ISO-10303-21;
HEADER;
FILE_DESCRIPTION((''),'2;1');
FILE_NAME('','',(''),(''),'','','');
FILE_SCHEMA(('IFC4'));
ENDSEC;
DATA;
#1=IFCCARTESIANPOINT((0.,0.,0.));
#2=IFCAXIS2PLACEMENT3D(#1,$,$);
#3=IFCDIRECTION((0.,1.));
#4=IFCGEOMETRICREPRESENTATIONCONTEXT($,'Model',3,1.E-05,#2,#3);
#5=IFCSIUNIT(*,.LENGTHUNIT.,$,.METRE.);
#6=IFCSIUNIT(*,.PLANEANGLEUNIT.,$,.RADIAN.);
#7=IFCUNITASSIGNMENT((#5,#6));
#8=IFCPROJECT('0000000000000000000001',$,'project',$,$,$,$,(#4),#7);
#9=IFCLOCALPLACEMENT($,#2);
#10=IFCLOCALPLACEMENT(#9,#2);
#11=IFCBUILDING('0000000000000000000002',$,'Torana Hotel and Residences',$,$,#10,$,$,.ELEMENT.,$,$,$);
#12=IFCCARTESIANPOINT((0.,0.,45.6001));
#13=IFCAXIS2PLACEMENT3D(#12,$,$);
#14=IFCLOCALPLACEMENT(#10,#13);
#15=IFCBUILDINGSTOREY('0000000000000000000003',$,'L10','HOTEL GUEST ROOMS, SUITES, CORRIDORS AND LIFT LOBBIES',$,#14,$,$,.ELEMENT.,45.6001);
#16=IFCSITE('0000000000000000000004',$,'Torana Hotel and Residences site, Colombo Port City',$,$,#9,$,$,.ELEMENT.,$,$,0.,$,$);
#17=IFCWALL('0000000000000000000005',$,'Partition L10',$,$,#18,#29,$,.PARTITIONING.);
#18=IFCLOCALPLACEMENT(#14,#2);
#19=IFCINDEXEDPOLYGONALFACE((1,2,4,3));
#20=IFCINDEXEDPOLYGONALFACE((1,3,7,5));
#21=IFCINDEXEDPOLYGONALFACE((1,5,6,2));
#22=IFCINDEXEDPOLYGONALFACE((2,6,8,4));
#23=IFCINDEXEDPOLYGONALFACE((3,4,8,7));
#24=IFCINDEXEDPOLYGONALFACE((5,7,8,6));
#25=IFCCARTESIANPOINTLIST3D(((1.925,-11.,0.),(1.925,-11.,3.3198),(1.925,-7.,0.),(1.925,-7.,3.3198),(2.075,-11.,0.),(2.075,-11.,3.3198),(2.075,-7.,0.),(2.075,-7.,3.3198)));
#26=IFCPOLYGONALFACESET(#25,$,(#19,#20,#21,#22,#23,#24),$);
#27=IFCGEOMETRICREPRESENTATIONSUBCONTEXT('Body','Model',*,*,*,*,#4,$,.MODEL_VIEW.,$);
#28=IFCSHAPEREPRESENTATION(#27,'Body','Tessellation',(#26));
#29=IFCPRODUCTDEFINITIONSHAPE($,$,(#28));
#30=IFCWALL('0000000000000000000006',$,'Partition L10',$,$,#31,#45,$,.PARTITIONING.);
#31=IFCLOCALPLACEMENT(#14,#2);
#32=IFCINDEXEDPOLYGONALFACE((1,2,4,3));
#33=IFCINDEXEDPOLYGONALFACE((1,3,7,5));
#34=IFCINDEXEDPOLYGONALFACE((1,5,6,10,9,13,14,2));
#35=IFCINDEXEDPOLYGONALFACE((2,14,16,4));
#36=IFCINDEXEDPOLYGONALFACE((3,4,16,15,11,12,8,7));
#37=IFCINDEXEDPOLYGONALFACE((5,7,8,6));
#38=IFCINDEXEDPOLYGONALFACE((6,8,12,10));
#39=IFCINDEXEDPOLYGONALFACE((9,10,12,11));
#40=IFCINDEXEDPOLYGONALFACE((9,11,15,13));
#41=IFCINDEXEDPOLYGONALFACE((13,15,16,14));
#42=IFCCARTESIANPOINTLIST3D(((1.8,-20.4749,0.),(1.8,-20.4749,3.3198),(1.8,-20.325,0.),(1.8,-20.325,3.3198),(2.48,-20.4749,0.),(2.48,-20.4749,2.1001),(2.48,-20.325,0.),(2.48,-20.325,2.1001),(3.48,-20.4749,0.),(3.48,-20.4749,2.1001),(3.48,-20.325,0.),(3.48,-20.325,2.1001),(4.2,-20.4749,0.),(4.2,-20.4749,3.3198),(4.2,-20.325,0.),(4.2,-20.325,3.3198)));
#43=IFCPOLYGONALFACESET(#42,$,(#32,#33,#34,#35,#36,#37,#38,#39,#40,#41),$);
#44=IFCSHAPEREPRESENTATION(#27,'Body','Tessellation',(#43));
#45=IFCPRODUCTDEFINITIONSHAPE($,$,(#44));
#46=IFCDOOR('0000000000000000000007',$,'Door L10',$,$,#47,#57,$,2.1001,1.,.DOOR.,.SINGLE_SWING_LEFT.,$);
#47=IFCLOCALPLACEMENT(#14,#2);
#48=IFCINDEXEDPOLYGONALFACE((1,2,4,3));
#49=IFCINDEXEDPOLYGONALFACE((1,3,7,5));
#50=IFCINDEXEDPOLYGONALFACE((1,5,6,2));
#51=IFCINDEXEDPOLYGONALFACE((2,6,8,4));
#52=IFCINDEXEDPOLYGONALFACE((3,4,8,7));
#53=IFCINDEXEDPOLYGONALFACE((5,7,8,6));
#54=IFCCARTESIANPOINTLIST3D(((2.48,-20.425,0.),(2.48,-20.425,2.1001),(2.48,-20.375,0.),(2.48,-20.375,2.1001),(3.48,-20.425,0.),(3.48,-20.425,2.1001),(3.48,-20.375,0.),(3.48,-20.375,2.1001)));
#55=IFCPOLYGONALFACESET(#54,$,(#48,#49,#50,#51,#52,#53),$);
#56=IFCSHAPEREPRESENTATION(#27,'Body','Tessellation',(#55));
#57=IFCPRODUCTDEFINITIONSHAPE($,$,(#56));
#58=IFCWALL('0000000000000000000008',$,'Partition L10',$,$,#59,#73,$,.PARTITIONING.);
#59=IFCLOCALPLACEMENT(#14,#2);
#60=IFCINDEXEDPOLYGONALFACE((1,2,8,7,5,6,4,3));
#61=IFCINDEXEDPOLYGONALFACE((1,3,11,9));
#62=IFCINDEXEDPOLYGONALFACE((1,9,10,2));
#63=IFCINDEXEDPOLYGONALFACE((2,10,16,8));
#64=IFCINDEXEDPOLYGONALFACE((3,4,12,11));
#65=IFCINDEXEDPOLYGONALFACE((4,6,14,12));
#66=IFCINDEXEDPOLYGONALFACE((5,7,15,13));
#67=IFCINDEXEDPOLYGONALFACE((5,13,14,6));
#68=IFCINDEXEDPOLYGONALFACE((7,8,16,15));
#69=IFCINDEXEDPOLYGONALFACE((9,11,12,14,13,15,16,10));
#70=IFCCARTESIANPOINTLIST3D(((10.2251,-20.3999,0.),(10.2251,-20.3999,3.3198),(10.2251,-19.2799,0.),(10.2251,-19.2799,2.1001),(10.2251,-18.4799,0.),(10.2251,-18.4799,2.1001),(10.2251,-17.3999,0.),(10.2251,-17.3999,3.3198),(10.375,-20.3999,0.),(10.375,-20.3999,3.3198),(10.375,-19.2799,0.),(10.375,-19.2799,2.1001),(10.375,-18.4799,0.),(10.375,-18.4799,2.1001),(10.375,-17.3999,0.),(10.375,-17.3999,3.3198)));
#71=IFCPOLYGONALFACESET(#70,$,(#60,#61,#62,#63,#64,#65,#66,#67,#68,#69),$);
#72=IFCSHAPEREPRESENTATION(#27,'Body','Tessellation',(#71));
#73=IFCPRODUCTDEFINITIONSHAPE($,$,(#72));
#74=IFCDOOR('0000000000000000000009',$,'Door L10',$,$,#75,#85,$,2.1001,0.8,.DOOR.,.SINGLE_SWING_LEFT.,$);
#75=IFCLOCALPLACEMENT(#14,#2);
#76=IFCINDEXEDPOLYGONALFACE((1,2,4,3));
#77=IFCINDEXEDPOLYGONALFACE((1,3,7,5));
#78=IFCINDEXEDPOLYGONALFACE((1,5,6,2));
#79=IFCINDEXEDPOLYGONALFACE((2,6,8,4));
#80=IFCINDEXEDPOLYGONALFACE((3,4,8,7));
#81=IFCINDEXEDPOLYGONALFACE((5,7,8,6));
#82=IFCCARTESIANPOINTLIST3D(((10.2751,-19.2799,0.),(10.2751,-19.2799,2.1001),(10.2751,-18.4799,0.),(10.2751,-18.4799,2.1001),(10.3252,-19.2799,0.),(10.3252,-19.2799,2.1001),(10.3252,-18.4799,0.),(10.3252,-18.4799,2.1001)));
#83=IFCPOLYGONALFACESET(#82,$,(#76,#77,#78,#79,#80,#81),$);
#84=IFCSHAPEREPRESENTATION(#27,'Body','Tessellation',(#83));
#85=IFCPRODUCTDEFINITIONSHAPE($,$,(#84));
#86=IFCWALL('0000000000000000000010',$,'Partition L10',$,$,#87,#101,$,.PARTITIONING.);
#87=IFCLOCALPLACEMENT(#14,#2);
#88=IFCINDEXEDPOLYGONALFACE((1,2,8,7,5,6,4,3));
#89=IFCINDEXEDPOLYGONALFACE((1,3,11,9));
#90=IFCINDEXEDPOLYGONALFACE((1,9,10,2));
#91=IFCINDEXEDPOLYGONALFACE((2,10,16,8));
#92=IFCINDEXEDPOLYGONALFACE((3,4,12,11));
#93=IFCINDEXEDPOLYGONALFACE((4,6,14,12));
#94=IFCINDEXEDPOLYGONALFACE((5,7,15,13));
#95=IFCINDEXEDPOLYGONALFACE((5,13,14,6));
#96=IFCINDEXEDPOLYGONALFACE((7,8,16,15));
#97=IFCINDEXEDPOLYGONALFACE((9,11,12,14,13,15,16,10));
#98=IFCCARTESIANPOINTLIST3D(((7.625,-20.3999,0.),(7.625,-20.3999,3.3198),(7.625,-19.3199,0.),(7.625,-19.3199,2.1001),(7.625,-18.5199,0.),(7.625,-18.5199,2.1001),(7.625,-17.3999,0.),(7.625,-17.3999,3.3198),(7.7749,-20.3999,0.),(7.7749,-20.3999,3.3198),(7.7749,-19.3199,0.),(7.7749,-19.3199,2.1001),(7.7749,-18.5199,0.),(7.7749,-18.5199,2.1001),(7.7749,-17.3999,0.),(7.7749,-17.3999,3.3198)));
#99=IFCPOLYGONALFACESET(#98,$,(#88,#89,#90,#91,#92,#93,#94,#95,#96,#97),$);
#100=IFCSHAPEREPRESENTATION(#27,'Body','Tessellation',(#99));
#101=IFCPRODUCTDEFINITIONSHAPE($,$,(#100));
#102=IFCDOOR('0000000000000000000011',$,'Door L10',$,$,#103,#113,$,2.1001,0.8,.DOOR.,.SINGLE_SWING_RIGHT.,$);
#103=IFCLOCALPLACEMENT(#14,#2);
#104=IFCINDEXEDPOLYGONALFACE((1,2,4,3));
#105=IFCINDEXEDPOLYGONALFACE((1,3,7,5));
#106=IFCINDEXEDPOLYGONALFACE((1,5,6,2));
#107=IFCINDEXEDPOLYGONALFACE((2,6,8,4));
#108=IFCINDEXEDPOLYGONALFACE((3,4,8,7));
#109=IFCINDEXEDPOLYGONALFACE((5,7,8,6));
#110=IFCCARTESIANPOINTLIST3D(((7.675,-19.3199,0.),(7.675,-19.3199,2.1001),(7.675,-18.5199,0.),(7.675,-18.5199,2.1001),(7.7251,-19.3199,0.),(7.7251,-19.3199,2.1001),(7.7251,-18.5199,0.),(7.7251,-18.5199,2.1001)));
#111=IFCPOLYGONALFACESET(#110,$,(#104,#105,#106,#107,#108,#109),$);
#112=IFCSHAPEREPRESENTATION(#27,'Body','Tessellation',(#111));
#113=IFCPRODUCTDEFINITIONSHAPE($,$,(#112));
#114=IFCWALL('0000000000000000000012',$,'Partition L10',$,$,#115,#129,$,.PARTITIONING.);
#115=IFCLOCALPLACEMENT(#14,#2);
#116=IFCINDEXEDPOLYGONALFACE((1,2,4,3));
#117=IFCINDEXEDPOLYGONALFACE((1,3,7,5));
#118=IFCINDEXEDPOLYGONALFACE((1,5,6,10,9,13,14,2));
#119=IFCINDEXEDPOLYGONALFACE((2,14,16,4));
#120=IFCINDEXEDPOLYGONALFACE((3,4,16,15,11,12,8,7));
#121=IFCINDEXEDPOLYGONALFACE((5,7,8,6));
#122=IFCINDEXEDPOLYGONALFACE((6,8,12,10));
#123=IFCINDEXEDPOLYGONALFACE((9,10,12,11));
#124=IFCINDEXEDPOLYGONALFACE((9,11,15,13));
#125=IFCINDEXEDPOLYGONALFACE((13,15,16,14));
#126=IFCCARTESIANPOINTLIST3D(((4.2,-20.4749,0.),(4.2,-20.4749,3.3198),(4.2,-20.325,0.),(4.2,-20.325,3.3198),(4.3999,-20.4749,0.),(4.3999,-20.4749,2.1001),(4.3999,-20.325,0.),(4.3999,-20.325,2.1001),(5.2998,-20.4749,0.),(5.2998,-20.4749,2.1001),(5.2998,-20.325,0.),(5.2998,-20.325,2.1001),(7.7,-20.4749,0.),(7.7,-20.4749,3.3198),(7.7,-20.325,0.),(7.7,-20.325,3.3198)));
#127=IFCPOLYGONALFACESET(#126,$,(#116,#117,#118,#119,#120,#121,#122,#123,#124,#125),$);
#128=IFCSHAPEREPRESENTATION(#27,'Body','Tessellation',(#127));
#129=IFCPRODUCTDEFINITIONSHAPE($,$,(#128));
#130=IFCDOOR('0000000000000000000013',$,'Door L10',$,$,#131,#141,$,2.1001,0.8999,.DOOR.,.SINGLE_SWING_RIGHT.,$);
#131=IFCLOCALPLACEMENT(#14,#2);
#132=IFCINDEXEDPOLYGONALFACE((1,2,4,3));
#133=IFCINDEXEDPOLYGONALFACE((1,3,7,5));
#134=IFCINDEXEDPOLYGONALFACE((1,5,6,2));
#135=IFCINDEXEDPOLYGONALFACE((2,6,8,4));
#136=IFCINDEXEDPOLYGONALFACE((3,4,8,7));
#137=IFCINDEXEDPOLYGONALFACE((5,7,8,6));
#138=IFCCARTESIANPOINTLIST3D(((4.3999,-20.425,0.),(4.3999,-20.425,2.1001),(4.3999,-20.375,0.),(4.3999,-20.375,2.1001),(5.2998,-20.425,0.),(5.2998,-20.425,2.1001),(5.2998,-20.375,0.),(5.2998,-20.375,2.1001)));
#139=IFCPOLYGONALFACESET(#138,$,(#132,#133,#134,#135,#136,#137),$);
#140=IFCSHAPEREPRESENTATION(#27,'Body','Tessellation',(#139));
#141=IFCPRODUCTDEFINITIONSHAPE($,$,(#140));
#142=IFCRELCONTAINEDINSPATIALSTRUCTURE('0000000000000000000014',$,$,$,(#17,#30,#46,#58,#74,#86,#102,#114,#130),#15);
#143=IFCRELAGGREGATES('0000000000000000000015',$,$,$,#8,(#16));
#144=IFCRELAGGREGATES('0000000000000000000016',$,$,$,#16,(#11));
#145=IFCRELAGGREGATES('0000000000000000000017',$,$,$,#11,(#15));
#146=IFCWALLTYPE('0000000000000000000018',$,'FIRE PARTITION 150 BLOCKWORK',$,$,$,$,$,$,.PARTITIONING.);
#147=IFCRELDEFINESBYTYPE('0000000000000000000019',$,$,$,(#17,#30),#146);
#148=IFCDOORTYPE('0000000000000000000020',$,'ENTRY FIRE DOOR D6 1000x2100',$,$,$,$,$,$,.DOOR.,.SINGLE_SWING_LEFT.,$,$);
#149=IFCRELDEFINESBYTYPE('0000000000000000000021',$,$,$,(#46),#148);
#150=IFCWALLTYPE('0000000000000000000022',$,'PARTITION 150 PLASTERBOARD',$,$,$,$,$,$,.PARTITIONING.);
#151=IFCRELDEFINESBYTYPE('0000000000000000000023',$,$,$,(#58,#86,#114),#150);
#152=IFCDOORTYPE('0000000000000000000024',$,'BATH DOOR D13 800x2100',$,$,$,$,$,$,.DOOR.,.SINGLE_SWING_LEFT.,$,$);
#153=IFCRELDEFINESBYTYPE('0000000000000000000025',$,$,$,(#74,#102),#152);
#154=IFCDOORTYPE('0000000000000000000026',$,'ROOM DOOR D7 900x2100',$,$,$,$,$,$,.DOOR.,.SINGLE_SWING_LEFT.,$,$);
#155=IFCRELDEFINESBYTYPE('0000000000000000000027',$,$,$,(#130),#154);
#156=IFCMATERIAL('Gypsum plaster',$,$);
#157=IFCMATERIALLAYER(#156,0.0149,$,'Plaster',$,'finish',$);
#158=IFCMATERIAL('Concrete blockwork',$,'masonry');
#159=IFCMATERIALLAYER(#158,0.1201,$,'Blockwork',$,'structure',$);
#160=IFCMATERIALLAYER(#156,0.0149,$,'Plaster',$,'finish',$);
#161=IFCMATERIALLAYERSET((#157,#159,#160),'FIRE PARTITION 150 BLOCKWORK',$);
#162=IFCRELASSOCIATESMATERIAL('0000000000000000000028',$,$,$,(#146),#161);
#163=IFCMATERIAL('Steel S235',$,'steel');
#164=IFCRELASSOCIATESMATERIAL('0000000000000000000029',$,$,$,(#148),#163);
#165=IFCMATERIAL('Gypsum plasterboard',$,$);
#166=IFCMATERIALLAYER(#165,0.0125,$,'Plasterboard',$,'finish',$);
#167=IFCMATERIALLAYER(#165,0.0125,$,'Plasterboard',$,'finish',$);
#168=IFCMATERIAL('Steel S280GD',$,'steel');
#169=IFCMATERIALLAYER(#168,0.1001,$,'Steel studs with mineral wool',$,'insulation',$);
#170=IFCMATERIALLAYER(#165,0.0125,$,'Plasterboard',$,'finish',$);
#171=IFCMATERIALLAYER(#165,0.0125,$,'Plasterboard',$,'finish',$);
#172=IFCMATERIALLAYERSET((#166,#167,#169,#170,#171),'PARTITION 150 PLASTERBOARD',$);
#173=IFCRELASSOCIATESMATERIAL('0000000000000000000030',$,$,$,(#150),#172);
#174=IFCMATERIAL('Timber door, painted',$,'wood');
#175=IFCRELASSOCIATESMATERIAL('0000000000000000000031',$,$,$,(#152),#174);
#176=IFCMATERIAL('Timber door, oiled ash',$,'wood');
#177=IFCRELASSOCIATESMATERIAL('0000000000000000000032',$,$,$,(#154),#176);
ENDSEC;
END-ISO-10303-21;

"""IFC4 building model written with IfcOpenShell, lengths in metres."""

from ifc_helpers import new_model, si_unit, direction, frame, frame_2d, origin, place, context, subcontext, project, spatial, rectangle, extrude, material, layer, layer_set, type_object, element, fill, save


model = new_model("IFC4")

# Units and contexts
model_context = context("Model", 3, precision=1e-05, world=origin(), true_north=direction((0.0, 1.0)))
body_context = subcontext(model_context, "Body", "Model", "MODEL_VIEW")
ifc_project = project(units=[si_unit("LENGTHUNIT", "METRE"), si_unit("PLANEANGLEUNIT", "RADIAN")], contexts=[model_context])

# Site, building, storey
site_placement = place(None, origin())
site = spatial("IfcSite", under=ifc_project, at=site_placement, Name="Torana Hotel and Residences site, Colombo Port City", CompositionType="ELEMENT", RefElevation=0.0)
building_placement = place(site_placement, origin())
building = spatial("IfcBuilding", under=site, at=building_placement, Name="Torana Hotel and Residences", CompositionType="ELEMENT")
storey_placement = place(building_placement, frame((0.0, 0.0, 45.6001)))
storey = spatial("IfcBuildingStorey", under=building, at=storey_placement, Name="L10", Description="HOTEL GUEST ROOMS, SUITES, CORRIDORS AND LIFT LOBBIES", CompositionType="ELEMENT", Elevation=45.6001)

# Wall
ifc_material_1 = material(Name="Gypsum plaster")
ifc_layer_1 = layer(ifc_material_1, 0.0149, Name="Plaster", Category="finish")
ifc_material_2 = material(Name="Concrete blockwork", Category="masonry")
ifc_layer_2 = layer(ifc_material_2, 0.1201, Name="Blockwork", Category="structure")
ifc_layer_3 = layer(ifc_material_1, 0.0149, Name="Plaster", Category="finish")
ifc_layer_set_1 = layer_set([ifc_layer_1, ifc_layer_2, ifc_layer_3], Name="FIRE PARTITION 150 BLOCKWORK")
wall_type_1 = type_object("IfcWallType", Name="FIRE PARTITION 150 BLOCKWORK", PredefinedType="PARTITIONING", material=ifc_layer_set_1)
wall_1_placement = place(storey_placement, frame((2.0, -11.0, 0.0), z_axis=(0.0, 0.0, 1.0), x_axis=(0.0, 1.0, 0.0)))
element("IfcWall", 1, at=wall_1_placement, inside=storey, type_object=wall_type_1, Name="Partition L10", PredefinedType="PARTITIONING", context=body_context, shape_type="SweptSolid", body=[
    extrude(rectangle(XDim=4.0, YDim=0.1499, at=frame_2d((2.0, 0.0))), origin(), (0.0, 0.0, 1.0), 3.3198),
])

# Walls, openings, doors
wall_2_placement = place(storey_placement, frame((1.8, -20.3999, 0.0), z_axis=(0.0, 0.0, 1.0), x_axis=(1.0, 0.0, 0.0)))
wall_2 = element("IfcWall", 2, at=wall_2_placement, inside=storey, type_object=wall_type_1, Name="Partition L10", PredefinedType="PARTITIONING", context=body_context, shape_type="SweptSolid", body=[
    extrude(rectangle(XDim=2.3999, YDim=0.1499, at=frame_2d((1.2, 0.0))), origin(), (0.0, 0.0, 1.0), 3.3198),
])
opening_1_placement = place(wall_2_placement, frame((0.6799, 0.0, 0.0)))
opening_1 = element("IfcOpeningElement", 3, at=opening_1_placement, cuts=wall_2, PredefinedType="OPENING", context=body_context, shape_type="SweptSolid", body=[
    extrude(rectangle(XDim=1.0, YDim=2.1001, at=frame_2d((0.5, 1.05))), frame((0.0, 0.085, 0.0), z_axis=(0.0, -1.0, 0.0), x_axis=(1.0, 0.0, 0.0)), (0.0, 0.0, 1.0), 0.1699),
])
ifc_material_3 = material(Name="Steel S235", Category="steel")
door_type_1 = type_object("IfcDoorType", Name="ENTRY FIRE DOOR D6 1000x2100", OperationType="SINGLE_SWING_LEFT", PredefinedType="DOOR", material=ifc_material_3)
door_1_placement = place(opening_1_placement, frame((0.5, 0.0, 0.0), z_axis=(0.0, 0.0, 1.0), x_axis=(-1.0, 0.0, 0.0)))
door_1 = element("IfcDoor", 4, at=door_1_placement, inside=storey, type_object=door_type_1, Name="Door L10", OperationType="SINGLE_SWING_LEFT", OverallHeight=2.1001, OverallWidth=1.0, PredefinedType="DOOR", context=body_context, shape_type="SweptSolid", body=[
    extrude(rectangle(XDim=1.0, YDim=2.1001, at=frame_2d((0.0, 1.05))), frame((0.0, -0.0249, 0.0), z_axis=(0.0, 1.0, 0.0), x_axis=(-1.0, 0.0, 0.0)), (0.0, 0.0, 1.0), 0.05),
])
fill(opening_1, door_1)
ifc_material_4 = material(Name="Gypsum plasterboard")
ifc_layer_4 = layer(ifc_material_4, 0.0125, Name="Plasterboard", Category="finish")
ifc_layer_5 = layer(ifc_material_4, 0.0125, Name="Plasterboard", Category="finish")
ifc_material_5 = material(Name="Steel S280GD", Category="steel")
ifc_layer_6 = layer(ifc_material_5, 0.1001, Name="Steel studs with mineral wool", Category="insulation")
ifc_layer_7 = layer(ifc_material_4, 0.0125, Name="Plasterboard", Category="finish")
ifc_layer_8 = layer(ifc_material_4, 0.0125, Name="Plasterboard", Category="finish")
ifc_layer_set_2 = layer_set([ifc_layer_4, ifc_layer_5, ifc_layer_6, ifc_layer_7, ifc_layer_8], Name="PARTITION 150 PLASTERBOARD")
wall_type_2 = type_object("IfcWallType", Name="PARTITION 150 PLASTERBOARD", PredefinedType="PARTITIONING", material=ifc_layer_set_2)
wall_3_placement = place(storey_placement, frame((10.3, -20.3999, 0.0), z_axis=(0.0, 0.0, 1.0), x_axis=(0.0, 1.0, 0.0)))
wall_3 = element("IfcWall", 5, at=wall_3_placement, inside=storey, type_object=wall_type_2, Name="Partition L10", PredefinedType="PARTITIONING", context=body_context, shape_type="SweptSolid", body=[
    extrude(rectangle(XDim=3.0, YDim=0.1499, at=frame_2d((1.5, 0.0))), origin(), (0.0, 0.0, 1.0), 3.3198),
])
opening_2_placement = place(wall_3_placement, frame((1.1201, 0.0, 0.0)))
opening_2 = element("IfcOpeningElement", 6, at=opening_2_placement, cuts=wall_3, PredefinedType="OPENING", context=body_context, shape_type="SweptSolid", body=[
    extrude(rectangle(XDim=0.8, YDim=2.1001, at=frame_2d((0.3999, 1.05))), frame((0.0, 0.085, 0.0), z_axis=(0.0, -1.0, 0.0), x_axis=(1.0, 0.0, 0.0)), (0.0, 0.0, 1.0), 0.1699),
])
ifc_material_6 = material(Name="Timber door, painted", Category="wood")
door_type_2 = type_object("IfcDoorType", Name="BATH DOOR D13 800x2100", OperationType="SINGLE_SWING_LEFT", PredefinedType="DOOR", material=ifc_material_6)
door_2_placement = place(opening_2_placement, origin())
door_2 = element("IfcDoor", 7, at=door_2_placement, inside=storey, type_object=door_type_2, Name="Door L10", OperationType="SINGLE_SWING_LEFT", OverallHeight=2.1001, OverallWidth=0.8, PredefinedType="DOOR", context=body_context, shape_type="SweptSolid", body=[
    extrude(rectangle(XDim=0.8, YDim=2.1001, at=frame_2d((0.3999, 1.05))), frame((0.0, 0.0249, 0.0), z_axis=(0.0, -1.0, 0.0), x_axis=(1.0, 0.0, 0.0)), (0.0, 0.0, 1.0), 0.05),
])
fill(opening_2, door_2)
wall_4_placement = place(storey_placement, frame((7.7, -20.3999, 0.0), z_axis=(0.0, 0.0, 1.0), x_axis=(0.0, 1.0, 0.0)))
wall_4 = element("IfcWall", 8, at=wall_4_placement, inside=storey, type_object=wall_type_2, Name="Partition L10", PredefinedType="PARTITIONING", context=body_context, shape_type="SweptSolid", body=[
    extrude(rectangle(XDim=3.0, YDim=0.1499, at=frame_2d((1.5, 0.0))), origin(), (0.0, 0.0, 1.0), 3.3198),
])
opening_3_placement = place(wall_4_placement, frame((1.0801, 0.0, 0.0)))
opening_3 = element("IfcOpeningElement", 9, at=opening_3_placement, cuts=wall_4, PredefinedType="OPENING", context=body_context, shape_type="SweptSolid", body=[
    extrude(rectangle(XDim=0.8, YDim=2.1001, at=frame_2d((0.3999, 1.05))), frame((0.0, 0.085, 0.0), z_axis=(0.0, -1.0, 0.0), x_axis=(1.0, 0.0, 0.0)), (0.0, 0.0, 1.0), 0.1699),
])
door_3_placement = place(opening_3_placement, origin())
door_3 = element("IfcDoor", 10, at=door_3_placement, inside=storey, type_object=door_type_2, Name="Door L10", OperationType="SINGLE_SWING_RIGHT", OverallHeight=2.1001, OverallWidth=0.8, PredefinedType="DOOR", context=body_context, shape_type="SweptSolid", body=[
    extrude(rectangle(XDim=0.8, YDim=2.1001, at=frame_2d((0.3999, 1.05))), frame((0.0, 0.0249, 0.0), z_axis=(0.0, -1.0, 0.0), x_axis=(1.0, 0.0, 0.0)), (0.0, 0.0, 1.0), 0.05),
])
fill(opening_3, door_3)
wall_5_placement = place(storey_placement, frame((4.2, -20.3999, 0.0), z_axis=(0.0, 0.0, 1.0), x_axis=(1.0, 0.0, 0.0)))
wall_5 = element("IfcWall", 11, at=wall_5_placement, inside=storey, type_object=wall_type_2, Name="Partition L10", PredefinedType="PARTITIONING", context=body_context, shape_type="SweptSolid", body=[
    extrude(rectangle(XDim=3.5, YDim=0.1499, at=frame_2d((1.75, 0.0))), origin(), (0.0, 0.0, 1.0), 3.3198),
])
opening_4_placement = place(wall_5_placement, frame((0.2, 0.0, 0.0)))
opening_4 = element("IfcOpeningElement", 12, at=opening_4_placement, cuts=wall_5, PredefinedType="OPENING", context=body_context, shape_type="SweptSolid", body=[
    extrude(rectangle(XDim=0.8999, YDim=2.1001, at=frame_2d((0.45, 1.05))), frame((0.0, 0.085, 0.0), z_axis=(0.0, -1.0, 0.0), x_axis=(1.0, 0.0, 0.0)), (0.0, 0.0, 1.0), 0.1699),
])
ifc_material_7 = material(Name="Timber door, oiled ash", Category="wood")
door_type_3 = type_object("IfcDoorType", Name="ROOM DOOR D7 900x2100", OperationType="SINGLE_SWING_LEFT", PredefinedType="DOOR", material=ifc_material_7)
door_4_placement = place(opening_4_placement, origin())
door_4 = element("IfcDoor", 13, at=door_4_placement, inside=storey, type_object=door_type_3, Name="Door L10", OperationType="SINGLE_SWING_RIGHT", OverallHeight=2.1001, OverallWidth=0.8999, PredefinedType="DOOR", context=body_context, shape_type="SweptSolid", body=[
    extrude(rectangle(XDim=0.8999, YDim=2.1001, at=frame_2d((0.45, 1.05))), frame((0.0, 0.0249, 0.0), z_axis=(0.0, -1.0, 0.0), x_axis=(1.0, 0.0, 0.0)), (0.0, 0.0, 1.0), 0.05),
])
fill(opening_4, door_4)

save(model, "model.ifc")
